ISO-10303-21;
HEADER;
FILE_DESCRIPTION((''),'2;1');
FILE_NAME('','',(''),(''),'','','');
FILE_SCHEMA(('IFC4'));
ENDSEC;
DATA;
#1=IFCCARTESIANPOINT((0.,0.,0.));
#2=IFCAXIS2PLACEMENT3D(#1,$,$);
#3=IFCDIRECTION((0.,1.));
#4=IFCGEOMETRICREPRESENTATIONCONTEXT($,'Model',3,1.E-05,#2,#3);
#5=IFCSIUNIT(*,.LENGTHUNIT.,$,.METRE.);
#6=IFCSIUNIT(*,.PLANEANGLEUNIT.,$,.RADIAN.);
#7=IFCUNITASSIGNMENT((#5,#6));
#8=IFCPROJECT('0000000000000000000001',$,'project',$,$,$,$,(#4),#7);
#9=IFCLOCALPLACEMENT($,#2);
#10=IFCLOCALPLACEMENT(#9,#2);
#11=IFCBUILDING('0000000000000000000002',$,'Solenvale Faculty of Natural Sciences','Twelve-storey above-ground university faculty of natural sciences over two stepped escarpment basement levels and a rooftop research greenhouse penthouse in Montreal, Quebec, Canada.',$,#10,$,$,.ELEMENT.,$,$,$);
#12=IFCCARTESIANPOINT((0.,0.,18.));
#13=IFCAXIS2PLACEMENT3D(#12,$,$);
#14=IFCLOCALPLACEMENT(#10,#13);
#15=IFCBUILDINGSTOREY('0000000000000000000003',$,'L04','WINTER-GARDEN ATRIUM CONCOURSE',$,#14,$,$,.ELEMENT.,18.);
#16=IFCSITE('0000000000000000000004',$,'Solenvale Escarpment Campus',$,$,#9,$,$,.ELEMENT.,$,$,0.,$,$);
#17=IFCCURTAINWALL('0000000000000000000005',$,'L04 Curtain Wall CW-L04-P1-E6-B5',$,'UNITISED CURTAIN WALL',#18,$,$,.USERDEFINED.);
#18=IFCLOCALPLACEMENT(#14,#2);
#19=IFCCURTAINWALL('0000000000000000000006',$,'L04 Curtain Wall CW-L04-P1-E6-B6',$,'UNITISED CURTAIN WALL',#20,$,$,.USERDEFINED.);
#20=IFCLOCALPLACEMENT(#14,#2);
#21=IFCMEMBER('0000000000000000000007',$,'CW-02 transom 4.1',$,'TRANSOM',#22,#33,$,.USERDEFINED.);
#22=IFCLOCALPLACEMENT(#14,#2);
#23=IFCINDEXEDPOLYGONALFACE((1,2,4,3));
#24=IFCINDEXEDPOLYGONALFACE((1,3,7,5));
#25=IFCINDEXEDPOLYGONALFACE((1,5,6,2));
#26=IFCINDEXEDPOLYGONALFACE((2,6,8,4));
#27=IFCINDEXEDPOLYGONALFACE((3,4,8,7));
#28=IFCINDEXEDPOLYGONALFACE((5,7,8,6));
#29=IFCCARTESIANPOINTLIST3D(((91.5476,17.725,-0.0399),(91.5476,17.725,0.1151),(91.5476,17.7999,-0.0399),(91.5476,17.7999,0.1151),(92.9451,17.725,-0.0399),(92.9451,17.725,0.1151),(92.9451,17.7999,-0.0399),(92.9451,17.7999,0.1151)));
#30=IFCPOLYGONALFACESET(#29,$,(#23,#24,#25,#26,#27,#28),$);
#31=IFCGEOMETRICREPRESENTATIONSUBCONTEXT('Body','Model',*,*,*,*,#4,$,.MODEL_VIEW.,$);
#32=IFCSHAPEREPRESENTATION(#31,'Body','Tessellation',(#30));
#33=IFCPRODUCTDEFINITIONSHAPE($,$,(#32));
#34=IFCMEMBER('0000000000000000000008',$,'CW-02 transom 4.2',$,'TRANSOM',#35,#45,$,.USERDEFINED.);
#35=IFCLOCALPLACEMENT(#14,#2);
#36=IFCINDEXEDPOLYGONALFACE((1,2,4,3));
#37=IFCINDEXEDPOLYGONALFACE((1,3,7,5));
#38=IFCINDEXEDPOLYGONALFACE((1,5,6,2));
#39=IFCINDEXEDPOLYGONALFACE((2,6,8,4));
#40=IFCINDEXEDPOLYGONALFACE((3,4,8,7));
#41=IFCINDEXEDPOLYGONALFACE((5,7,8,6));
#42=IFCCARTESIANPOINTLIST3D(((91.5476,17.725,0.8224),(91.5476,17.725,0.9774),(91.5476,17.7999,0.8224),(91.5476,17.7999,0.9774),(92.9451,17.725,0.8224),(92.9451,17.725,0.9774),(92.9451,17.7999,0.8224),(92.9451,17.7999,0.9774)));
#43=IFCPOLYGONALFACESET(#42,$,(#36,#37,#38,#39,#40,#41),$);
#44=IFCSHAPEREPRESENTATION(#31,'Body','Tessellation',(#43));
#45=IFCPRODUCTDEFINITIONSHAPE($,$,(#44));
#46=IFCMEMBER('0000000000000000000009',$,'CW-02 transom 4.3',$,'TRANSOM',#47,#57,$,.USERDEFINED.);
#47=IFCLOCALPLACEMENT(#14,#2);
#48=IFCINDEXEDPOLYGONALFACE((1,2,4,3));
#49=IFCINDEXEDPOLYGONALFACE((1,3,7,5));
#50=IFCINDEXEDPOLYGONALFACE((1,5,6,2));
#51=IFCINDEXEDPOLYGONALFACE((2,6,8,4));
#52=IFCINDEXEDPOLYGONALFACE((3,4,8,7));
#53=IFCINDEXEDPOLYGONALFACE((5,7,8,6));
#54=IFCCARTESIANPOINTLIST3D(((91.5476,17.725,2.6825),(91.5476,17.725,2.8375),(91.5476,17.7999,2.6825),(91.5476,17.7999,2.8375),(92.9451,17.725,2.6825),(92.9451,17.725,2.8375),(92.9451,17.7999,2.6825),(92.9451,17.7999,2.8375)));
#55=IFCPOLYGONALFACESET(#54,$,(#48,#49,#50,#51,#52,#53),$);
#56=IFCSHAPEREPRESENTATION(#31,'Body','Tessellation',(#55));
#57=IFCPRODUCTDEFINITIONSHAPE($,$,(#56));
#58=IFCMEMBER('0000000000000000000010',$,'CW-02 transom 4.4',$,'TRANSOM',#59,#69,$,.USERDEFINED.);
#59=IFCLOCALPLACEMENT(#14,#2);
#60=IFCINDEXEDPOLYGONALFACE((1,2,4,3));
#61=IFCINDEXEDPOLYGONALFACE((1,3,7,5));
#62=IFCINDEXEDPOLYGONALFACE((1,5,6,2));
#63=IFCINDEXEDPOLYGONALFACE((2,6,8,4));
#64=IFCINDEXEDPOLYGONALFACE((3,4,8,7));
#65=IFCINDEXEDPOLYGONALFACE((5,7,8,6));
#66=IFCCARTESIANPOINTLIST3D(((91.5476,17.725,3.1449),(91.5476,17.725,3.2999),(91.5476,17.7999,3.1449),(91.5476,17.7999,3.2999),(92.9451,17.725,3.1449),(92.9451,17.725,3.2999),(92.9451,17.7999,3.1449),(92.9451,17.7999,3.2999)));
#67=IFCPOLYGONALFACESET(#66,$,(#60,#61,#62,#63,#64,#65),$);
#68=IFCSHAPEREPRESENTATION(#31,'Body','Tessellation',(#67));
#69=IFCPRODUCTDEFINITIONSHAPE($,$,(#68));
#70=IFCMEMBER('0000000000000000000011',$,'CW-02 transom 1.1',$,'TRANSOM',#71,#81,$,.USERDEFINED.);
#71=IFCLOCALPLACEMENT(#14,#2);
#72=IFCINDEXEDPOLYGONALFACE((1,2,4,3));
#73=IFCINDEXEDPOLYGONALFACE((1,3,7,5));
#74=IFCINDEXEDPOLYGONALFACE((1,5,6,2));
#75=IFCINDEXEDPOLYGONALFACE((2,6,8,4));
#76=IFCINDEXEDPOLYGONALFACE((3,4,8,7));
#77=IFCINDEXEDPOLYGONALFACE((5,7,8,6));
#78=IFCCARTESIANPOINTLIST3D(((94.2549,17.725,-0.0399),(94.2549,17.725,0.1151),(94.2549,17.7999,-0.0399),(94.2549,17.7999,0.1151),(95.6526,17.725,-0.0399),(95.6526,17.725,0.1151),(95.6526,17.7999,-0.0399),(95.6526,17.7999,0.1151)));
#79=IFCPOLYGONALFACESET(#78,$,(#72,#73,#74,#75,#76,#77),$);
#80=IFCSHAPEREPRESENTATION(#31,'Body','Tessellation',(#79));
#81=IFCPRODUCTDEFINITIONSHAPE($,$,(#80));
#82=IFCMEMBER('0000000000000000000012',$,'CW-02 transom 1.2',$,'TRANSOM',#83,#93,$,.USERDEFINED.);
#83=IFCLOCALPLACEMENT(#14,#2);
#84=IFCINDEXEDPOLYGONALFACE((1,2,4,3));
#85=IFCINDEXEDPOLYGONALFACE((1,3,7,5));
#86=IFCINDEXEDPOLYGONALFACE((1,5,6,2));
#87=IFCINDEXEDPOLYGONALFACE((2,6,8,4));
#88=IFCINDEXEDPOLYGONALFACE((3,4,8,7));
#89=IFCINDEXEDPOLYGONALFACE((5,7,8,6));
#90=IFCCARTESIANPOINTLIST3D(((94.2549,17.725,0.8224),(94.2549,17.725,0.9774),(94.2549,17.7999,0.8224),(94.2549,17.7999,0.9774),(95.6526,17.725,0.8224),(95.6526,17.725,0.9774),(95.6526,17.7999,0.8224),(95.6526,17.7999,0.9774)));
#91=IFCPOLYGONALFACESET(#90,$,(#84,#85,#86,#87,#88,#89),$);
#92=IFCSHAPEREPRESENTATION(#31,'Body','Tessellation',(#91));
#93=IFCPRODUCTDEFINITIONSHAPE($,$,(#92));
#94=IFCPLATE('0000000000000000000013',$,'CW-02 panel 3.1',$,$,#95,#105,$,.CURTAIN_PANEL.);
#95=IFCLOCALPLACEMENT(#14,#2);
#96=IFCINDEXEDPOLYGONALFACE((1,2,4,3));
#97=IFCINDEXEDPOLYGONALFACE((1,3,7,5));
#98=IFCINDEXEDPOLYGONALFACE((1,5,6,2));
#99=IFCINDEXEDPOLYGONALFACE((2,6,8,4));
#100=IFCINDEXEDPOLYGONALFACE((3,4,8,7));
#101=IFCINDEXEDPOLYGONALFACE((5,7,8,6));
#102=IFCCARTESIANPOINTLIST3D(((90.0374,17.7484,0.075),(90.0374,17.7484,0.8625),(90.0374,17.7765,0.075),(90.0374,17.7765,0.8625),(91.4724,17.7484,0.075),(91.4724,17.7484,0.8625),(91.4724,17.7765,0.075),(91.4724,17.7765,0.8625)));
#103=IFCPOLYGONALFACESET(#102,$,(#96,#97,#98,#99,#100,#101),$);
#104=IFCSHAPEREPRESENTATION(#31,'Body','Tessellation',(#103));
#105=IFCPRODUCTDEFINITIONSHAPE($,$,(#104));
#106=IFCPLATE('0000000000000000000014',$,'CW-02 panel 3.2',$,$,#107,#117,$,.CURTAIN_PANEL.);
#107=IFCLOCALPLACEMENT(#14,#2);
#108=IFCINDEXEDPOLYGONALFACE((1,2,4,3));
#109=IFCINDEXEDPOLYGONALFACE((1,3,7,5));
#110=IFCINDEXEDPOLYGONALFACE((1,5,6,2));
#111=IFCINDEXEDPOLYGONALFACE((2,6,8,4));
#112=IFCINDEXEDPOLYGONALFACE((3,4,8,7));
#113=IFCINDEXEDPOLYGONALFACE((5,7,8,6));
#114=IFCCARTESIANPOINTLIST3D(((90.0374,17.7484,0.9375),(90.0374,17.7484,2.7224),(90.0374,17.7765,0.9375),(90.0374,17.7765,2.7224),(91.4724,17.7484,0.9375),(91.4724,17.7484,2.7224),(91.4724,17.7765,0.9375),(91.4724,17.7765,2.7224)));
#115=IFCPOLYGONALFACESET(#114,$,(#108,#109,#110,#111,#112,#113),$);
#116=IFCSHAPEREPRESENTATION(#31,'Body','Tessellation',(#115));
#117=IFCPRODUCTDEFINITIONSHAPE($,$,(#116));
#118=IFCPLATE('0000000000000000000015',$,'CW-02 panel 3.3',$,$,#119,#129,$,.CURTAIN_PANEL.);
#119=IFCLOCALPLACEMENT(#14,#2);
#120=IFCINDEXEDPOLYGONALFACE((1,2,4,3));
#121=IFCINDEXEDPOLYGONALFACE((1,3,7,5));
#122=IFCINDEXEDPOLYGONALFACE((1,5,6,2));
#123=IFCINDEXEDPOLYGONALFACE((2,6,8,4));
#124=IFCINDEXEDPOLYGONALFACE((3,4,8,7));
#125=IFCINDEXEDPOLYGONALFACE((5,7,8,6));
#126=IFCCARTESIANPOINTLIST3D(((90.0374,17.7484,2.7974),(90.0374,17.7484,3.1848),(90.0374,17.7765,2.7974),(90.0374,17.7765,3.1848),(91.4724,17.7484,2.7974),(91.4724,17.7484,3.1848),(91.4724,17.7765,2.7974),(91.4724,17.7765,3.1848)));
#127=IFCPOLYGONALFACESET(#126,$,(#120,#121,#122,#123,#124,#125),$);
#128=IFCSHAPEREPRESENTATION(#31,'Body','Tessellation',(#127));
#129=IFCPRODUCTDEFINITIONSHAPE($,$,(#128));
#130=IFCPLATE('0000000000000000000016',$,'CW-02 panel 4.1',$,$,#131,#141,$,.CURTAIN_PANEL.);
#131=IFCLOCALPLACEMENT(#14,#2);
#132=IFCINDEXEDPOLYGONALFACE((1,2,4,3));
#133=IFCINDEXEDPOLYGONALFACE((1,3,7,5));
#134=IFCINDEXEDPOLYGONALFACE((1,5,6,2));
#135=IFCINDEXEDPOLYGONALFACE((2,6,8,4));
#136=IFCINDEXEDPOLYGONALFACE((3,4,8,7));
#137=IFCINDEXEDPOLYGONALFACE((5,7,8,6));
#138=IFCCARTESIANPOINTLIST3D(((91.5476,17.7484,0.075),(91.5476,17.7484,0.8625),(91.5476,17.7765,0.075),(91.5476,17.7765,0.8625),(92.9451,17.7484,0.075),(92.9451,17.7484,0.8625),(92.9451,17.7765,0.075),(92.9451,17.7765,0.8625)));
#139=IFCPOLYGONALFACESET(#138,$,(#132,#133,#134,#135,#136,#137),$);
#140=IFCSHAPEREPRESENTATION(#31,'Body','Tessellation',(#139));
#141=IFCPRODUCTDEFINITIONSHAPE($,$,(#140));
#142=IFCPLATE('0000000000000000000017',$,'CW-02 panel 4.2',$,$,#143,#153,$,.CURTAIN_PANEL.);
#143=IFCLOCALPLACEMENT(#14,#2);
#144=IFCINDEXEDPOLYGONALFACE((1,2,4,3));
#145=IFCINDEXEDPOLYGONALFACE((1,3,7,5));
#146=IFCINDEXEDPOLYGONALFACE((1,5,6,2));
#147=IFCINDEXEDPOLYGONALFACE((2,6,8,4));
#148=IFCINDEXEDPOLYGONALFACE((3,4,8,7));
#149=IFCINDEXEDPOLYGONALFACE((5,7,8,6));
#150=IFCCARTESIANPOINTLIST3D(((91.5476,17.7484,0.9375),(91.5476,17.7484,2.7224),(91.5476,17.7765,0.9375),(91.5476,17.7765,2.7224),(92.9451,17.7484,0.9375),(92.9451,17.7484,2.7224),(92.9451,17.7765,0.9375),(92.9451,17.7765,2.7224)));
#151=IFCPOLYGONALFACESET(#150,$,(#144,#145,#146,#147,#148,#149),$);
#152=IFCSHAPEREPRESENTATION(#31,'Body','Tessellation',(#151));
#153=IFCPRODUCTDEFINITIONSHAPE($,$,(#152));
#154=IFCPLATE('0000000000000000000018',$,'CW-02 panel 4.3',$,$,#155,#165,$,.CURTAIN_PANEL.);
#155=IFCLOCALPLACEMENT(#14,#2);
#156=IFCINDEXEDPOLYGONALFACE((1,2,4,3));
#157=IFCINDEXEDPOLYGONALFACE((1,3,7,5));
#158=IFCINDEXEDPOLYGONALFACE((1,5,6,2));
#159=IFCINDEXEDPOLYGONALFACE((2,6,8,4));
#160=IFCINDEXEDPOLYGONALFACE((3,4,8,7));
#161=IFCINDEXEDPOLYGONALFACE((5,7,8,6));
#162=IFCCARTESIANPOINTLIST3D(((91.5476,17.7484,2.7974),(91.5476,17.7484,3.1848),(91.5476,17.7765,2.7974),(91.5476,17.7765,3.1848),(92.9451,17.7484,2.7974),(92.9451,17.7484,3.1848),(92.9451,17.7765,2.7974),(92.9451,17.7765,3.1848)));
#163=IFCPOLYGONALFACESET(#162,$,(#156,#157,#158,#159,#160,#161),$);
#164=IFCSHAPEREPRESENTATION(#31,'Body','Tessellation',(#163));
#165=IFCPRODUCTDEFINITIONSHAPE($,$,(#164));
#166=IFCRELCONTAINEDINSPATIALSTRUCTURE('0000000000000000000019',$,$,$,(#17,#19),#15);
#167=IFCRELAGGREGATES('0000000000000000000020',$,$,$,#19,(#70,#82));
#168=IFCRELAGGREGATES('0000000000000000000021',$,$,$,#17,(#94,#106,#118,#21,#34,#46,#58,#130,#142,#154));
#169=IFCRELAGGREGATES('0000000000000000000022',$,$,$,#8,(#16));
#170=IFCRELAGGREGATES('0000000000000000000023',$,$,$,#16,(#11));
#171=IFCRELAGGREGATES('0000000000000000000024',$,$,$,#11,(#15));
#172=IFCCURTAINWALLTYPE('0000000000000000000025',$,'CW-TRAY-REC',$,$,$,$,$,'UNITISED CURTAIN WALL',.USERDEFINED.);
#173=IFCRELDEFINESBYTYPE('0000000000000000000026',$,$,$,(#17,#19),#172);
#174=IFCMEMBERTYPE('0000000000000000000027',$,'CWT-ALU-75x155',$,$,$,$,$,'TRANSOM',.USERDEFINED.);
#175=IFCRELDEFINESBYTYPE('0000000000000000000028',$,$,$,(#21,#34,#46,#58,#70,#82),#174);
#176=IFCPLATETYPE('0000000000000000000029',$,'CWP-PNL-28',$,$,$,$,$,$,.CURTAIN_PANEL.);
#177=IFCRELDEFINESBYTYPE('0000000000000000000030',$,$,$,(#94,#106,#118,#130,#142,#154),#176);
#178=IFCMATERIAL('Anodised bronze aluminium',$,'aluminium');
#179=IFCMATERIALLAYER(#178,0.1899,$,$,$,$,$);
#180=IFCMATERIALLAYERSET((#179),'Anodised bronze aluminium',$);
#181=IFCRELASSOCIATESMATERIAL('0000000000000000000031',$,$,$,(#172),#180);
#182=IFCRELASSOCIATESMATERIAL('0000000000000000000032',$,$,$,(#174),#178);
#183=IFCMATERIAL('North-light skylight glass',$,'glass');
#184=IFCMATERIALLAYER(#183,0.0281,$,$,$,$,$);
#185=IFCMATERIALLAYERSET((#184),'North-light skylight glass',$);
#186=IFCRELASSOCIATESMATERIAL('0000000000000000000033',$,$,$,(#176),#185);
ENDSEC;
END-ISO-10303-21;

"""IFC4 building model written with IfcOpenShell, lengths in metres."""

from ifc_helpers import new_model, si_unit, direction, frame, origin, origin_2d, place, context, subcontext, project, spatial, rectangle, extrude, material, layer, layer_set, material_profile, profile_set, type_object, element, aggregate, save


model = new_model("IFC4")

# Units and contexts
model_context = context("Model", 3, precision=1e-05, world=origin(), true_north=direction((0.0, 1.0)))
body_context = subcontext(model_context, "Body", "Model", "MODEL_VIEW")
ifc_project = project(units=[si_unit("LENGTHUNIT", "METRE"), si_unit("PLANEANGLEUNIT", "RADIAN")], contexts=[model_context])

# Site, building, storey
site_placement = place(None, origin())
site = spatial("IfcSite", under=ifc_project, at=site_placement, Name="Solenvale Escarpment Campus", CompositionType="ELEMENT", RefElevation=0.0)
building_placement = place(site_placement, origin())
building = spatial("IfcBuilding", under=site, at=building_placement, Name="Solenvale Faculty of Natural Sciences", Description="Twelve-storey above-ground university faculty of natural sciences over two stepped escarpment basement levels and a rooftop research greenhouse penthouse in Montreal, Quebec, Canada.", CompositionType="ELEMENT")
storey_placement = place(building_placement, frame((0.0, 0.0, 18.0)))
storey = spatial("IfcBuildingStorey", under=building, at=storey_placement, Name="L04", Description="WINTER-GARDEN ATRIUM CONCOURSE", CompositionType="ELEMENT", Elevation=18.0)

# Curtain wall
ifc_material_1 = material(Name="Anodised bronze aluminium", Category="aluminium")
ifc_layer_1 = layer(ifc_material_1, 0.1899)
ifc_layer_set_1 = layer_set([ifc_layer_1], Name="Anodised bronze aluminium")
curtain_wall_type = type_object("IfcCurtainWallType", Name="CW-TRAY-REC", ElementType="UNITISED CURTAIN WALL", PredefinedType="USERDEFINED", material=ifc_layer_set_1)
curtain_wall_1_placement = place(storey_placement, origin())
curtain_wall_1 = element("IfcCurtainWall", 1, at=curtain_wall_1_placement, inside=storey, type_object=curtain_wall_type, Name="L04 Curtain Wall CW-L04-P1-E6-B5", ObjectType="UNITISED CURTAIN WALL", PredefinedType="USERDEFINED")

# Curtain wall
curtain_wall_2_placement = place(storey_placement, origin())
curtain_wall_2 = element("IfcCurtainWall", 2, at=curtain_wall_2_placement, inside=storey, type_object=curtain_wall_type, Name="L04 Curtain Wall CW-L04-P1-E6-B6", ObjectType="UNITISED CURTAIN WALL", PredefinedType="USERDEFINED")

# Members
ifc_material_profile_1 = material_profile(ifc_material_1, rectangle(XDim=0.075, YDim=0.155, at=origin_2d()), Name="ALU-TRN-75x155")
ifc_profile_set_1 = profile_set([ifc_material_profile_1], Name="Anodised bronze aluminium")
member_type_1 = type_object("IfcMemberType", Name="CWT-ALU-75x155", ElementType="TRANSOM", PredefinedType="USERDEFINED", material=ifc_profile_set_1)
member_1_placement = place(storey_placement, frame((91.5476, 17.7625, 0.0376), z_axis=(1.0, 0.0, 0.0), x_axis=(0.0, 1.0, 0.0)))
member_1 = element("IfcMember", 3, at=member_1_placement, type_object=member_type_1, Name="CW-02 transom 4.1", ObjectType="TRANSOM", PredefinedType="USERDEFINED", context=body_context, shape_type="SweptSolid", body=[
    extrude(rectangle(XDim=0.075, YDim=0.155, at=origin_2d()), origin(), (0.0, 0.0, 1.0), 1.3975),
])
member_2_placement = place(storey_placement, frame((91.5476, 17.7625, 0.8999), z_axis=(1.0, 0.0, 0.0), x_axis=(0.0, 1.0, 0.0)))
member_2 = element("IfcMember", 4, at=member_2_placement, type_object=member_type_1, Name="CW-02 transom 4.2", ObjectType="TRANSOM", PredefinedType="USERDEFINED", context=body_context, shape_type="SweptSolid", body=[
    extrude(rectangle(XDim=0.075, YDim=0.155, at=origin_2d()), origin(), (0.0, 0.0, 1.0), 1.3975),
])
member_3_placement = place(storey_placement, frame((91.5476, 17.7625, 2.76), z_axis=(1.0, 0.0, 0.0), x_axis=(0.0, 1.0, 0.0)))
member_3 = element("IfcMember", 5, at=member_3_placement, type_object=member_type_1, Name="CW-02 transom 4.3", ObjectType="TRANSOM", PredefinedType="USERDEFINED", context=body_context, shape_type="SweptSolid", body=[
    extrude(rectangle(XDim=0.075, YDim=0.155, at=origin_2d()), origin(), (0.0, 0.0, 1.0), 1.3975),
])
member_4_placement = place(storey_placement, frame((91.5476, 17.7625, 3.2224), z_axis=(1.0, 0.0, 0.0), x_axis=(0.0, 1.0, 0.0)))
member_4 = element("IfcMember", 6, at=member_4_placement, type_object=member_type_1, Name="CW-02 transom 4.4", ObjectType="TRANSOM", PredefinedType="USERDEFINED", context=body_context, shape_type="SweptSolid", body=[
    extrude(rectangle(XDim=0.075, YDim=0.155, at=origin_2d()), origin(), (0.0, 0.0, 1.0), 1.3975),
])
member_5_placement = place(storey_placement, frame((94.2549, 17.7625, 0.0376), z_axis=(1.0, 0.0, 0.0), x_axis=(0.0, 1.0, 0.0)))
member_5 = element("IfcMember", 7, at=member_5_placement, type_object=member_type_1, Name="CW-02 transom 1.1", ObjectType="TRANSOM", PredefinedType="USERDEFINED", context=body_context, shape_type="SweptSolid", body=[
    extrude(rectangle(XDim=0.075, YDim=0.155, at=origin_2d()), origin(), (0.0, 0.0, 1.0), 1.3977),
])
member_6_placement = place(storey_placement, frame((94.2549, 17.7625, 0.8999), z_axis=(1.0, 0.0, 0.0), x_axis=(0.0, 1.0, 0.0)))
member_6 = element("IfcMember", 8, at=member_6_placement, type_object=member_type_1, Name="CW-02 transom 1.2", ObjectType="TRANSOM", PredefinedType="USERDEFINED", context=body_context, shape_type="SweptSolid", body=[
    extrude(rectangle(XDim=0.075, YDim=0.155, at=origin_2d()), origin(), (0.0, 0.0, 1.0), 1.3977),
])
aggregate(curtain_wall_2, [member_5, member_6])

# Plates
ifc_material_2 = material(Name="North-light skylight glass", Category="glass")
ifc_layer_2 = layer(ifc_material_2, 0.0281)
ifc_layer_set_2 = layer_set([ifc_layer_2], Name="North-light skylight glass")
plate_type = type_object("IfcPlateType", Name="CWP-PNL-28", PredefinedType="CURTAIN_PANEL", material=ifc_layer_set_2)
plate_1_placement = place(storey_placement, frame((90.7549, 17.7625, 0.075), z_axis=(0.0, 0.0, 1.0), x_axis=(1.0, 0.0, 0.0)))
plate_1 = element("IfcPlate", 9, at=plate_1_placement, type_object=plate_type, Name="CW-02 panel 3.1", PredefinedType="CURTAIN_PANEL", context=body_context, shape_type="SweptSolid", body=[
    extrude(rectangle(XDim=1.4351, YDim=0.0281, at=origin_2d()), origin(), (0.0, 0.0, 1.0), 0.7876),
])
plate_2_placement = place(storey_placement, frame((90.7549, 17.7625, 0.9375), z_axis=(0.0, 0.0, 1.0), x_axis=(1.0, 0.0, 0.0)))
plate_2 = element("IfcPlate", 10, at=plate_2_placement, type_object=plate_type, Name="CW-02 panel 3.2", PredefinedType="CURTAIN_PANEL", context=body_context, shape_type="SweptSolid", body=[
    extrude(rectangle(XDim=1.4351, YDim=0.0281, at=origin_2d()), origin(), (0.0, 0.0, 1.0), 1.7849),
])
plate_3_placement = place(storey_placement, frame((90.7549, 17.7625, 2.7974), z_axis=(0.0, 0.0, 1.0), x_axis=(1.0, 0.0, 0.0)))
plate_3 = element("IfcPlate", 11, at=plate_3_placement, type_object=plate_type, Name="CW-02 panel 3.3", PredefinedType="CURTAIN_PANEL", context=body_context, shape_type="SweptSolid", body=[
    extrude(rectangle(XDim=1.4351, YDim=0.0281, at=origin_2d()), origin(), (0.0, 0.0, 1.0), 0.3875),
])
plate_4_placement = place(storey_placement, frame((92.2463, 17.7625, 0.075), z_axis=(0.0, 0.0, 1.0), x_axis=(1.0, 0.0, 0.0)))
plate_4 = element("IfcPlate", 12, at=plate_4_placement, type_object=plate_type, Name="CW-02 panel 4.1", PredefinedType="CURTAIN_PANEL", context=body_context, shape_type="SweptSolid", body=[
    extrude(rectangle(XDim=1.3975, YDim=0.0281, at=origin_2d()), origin(), (0.0, 0.0, 1.0), 0.7876),
])
plate_5_placement = place(storey_placement, frame((92.2463, 17.7625, 0.9375), z_axis=(0.0, 0.0, 1.0), x_axis=(1.0, 0.0, 0.0)))
plate_5 = element("IfcPlate", 13, at=plate_5_placement, type_object=plate_type, Name="CW-02 panel 4.2", PredefinedType="CURTAIN_PANEL", context=body_context, shape_type="SweptSolid", body=[
    extrude(rectangle(XDim=1.3975, YDim=0.0281, at=origin_2d()), origin(), (0.0, 0.0, 1.0), 1.7849),
])
plate_6_placement = place(storey_placement, frame((92.2463, 17.7625, 2.7974), z_axis=(0.0, 0.0, 1.0), x_axis=(1.0, 0.0, 0.0)))
plate_6 = element("IfcPlate", 14, at=plate_6_placement, type_object=plate_type, Name="CW-02 panel 4.3", PredefinedType="CURTAIN_PANEL", context=body_context, shape_type="SweptSolid", body=[
    extrude(rectangle(XDim=1.3975, YDim=0.0281, at=origin_2d()), origin(), (0.0, 0.0, 1.0), 0.3875),
])
aggregate(curtain_wall_1, [plate_1, plate_2, plate_3, member_1, member_2, member_3, member_4, plate_4, plate_5, plate_6])

save(model, "model.ifc")
